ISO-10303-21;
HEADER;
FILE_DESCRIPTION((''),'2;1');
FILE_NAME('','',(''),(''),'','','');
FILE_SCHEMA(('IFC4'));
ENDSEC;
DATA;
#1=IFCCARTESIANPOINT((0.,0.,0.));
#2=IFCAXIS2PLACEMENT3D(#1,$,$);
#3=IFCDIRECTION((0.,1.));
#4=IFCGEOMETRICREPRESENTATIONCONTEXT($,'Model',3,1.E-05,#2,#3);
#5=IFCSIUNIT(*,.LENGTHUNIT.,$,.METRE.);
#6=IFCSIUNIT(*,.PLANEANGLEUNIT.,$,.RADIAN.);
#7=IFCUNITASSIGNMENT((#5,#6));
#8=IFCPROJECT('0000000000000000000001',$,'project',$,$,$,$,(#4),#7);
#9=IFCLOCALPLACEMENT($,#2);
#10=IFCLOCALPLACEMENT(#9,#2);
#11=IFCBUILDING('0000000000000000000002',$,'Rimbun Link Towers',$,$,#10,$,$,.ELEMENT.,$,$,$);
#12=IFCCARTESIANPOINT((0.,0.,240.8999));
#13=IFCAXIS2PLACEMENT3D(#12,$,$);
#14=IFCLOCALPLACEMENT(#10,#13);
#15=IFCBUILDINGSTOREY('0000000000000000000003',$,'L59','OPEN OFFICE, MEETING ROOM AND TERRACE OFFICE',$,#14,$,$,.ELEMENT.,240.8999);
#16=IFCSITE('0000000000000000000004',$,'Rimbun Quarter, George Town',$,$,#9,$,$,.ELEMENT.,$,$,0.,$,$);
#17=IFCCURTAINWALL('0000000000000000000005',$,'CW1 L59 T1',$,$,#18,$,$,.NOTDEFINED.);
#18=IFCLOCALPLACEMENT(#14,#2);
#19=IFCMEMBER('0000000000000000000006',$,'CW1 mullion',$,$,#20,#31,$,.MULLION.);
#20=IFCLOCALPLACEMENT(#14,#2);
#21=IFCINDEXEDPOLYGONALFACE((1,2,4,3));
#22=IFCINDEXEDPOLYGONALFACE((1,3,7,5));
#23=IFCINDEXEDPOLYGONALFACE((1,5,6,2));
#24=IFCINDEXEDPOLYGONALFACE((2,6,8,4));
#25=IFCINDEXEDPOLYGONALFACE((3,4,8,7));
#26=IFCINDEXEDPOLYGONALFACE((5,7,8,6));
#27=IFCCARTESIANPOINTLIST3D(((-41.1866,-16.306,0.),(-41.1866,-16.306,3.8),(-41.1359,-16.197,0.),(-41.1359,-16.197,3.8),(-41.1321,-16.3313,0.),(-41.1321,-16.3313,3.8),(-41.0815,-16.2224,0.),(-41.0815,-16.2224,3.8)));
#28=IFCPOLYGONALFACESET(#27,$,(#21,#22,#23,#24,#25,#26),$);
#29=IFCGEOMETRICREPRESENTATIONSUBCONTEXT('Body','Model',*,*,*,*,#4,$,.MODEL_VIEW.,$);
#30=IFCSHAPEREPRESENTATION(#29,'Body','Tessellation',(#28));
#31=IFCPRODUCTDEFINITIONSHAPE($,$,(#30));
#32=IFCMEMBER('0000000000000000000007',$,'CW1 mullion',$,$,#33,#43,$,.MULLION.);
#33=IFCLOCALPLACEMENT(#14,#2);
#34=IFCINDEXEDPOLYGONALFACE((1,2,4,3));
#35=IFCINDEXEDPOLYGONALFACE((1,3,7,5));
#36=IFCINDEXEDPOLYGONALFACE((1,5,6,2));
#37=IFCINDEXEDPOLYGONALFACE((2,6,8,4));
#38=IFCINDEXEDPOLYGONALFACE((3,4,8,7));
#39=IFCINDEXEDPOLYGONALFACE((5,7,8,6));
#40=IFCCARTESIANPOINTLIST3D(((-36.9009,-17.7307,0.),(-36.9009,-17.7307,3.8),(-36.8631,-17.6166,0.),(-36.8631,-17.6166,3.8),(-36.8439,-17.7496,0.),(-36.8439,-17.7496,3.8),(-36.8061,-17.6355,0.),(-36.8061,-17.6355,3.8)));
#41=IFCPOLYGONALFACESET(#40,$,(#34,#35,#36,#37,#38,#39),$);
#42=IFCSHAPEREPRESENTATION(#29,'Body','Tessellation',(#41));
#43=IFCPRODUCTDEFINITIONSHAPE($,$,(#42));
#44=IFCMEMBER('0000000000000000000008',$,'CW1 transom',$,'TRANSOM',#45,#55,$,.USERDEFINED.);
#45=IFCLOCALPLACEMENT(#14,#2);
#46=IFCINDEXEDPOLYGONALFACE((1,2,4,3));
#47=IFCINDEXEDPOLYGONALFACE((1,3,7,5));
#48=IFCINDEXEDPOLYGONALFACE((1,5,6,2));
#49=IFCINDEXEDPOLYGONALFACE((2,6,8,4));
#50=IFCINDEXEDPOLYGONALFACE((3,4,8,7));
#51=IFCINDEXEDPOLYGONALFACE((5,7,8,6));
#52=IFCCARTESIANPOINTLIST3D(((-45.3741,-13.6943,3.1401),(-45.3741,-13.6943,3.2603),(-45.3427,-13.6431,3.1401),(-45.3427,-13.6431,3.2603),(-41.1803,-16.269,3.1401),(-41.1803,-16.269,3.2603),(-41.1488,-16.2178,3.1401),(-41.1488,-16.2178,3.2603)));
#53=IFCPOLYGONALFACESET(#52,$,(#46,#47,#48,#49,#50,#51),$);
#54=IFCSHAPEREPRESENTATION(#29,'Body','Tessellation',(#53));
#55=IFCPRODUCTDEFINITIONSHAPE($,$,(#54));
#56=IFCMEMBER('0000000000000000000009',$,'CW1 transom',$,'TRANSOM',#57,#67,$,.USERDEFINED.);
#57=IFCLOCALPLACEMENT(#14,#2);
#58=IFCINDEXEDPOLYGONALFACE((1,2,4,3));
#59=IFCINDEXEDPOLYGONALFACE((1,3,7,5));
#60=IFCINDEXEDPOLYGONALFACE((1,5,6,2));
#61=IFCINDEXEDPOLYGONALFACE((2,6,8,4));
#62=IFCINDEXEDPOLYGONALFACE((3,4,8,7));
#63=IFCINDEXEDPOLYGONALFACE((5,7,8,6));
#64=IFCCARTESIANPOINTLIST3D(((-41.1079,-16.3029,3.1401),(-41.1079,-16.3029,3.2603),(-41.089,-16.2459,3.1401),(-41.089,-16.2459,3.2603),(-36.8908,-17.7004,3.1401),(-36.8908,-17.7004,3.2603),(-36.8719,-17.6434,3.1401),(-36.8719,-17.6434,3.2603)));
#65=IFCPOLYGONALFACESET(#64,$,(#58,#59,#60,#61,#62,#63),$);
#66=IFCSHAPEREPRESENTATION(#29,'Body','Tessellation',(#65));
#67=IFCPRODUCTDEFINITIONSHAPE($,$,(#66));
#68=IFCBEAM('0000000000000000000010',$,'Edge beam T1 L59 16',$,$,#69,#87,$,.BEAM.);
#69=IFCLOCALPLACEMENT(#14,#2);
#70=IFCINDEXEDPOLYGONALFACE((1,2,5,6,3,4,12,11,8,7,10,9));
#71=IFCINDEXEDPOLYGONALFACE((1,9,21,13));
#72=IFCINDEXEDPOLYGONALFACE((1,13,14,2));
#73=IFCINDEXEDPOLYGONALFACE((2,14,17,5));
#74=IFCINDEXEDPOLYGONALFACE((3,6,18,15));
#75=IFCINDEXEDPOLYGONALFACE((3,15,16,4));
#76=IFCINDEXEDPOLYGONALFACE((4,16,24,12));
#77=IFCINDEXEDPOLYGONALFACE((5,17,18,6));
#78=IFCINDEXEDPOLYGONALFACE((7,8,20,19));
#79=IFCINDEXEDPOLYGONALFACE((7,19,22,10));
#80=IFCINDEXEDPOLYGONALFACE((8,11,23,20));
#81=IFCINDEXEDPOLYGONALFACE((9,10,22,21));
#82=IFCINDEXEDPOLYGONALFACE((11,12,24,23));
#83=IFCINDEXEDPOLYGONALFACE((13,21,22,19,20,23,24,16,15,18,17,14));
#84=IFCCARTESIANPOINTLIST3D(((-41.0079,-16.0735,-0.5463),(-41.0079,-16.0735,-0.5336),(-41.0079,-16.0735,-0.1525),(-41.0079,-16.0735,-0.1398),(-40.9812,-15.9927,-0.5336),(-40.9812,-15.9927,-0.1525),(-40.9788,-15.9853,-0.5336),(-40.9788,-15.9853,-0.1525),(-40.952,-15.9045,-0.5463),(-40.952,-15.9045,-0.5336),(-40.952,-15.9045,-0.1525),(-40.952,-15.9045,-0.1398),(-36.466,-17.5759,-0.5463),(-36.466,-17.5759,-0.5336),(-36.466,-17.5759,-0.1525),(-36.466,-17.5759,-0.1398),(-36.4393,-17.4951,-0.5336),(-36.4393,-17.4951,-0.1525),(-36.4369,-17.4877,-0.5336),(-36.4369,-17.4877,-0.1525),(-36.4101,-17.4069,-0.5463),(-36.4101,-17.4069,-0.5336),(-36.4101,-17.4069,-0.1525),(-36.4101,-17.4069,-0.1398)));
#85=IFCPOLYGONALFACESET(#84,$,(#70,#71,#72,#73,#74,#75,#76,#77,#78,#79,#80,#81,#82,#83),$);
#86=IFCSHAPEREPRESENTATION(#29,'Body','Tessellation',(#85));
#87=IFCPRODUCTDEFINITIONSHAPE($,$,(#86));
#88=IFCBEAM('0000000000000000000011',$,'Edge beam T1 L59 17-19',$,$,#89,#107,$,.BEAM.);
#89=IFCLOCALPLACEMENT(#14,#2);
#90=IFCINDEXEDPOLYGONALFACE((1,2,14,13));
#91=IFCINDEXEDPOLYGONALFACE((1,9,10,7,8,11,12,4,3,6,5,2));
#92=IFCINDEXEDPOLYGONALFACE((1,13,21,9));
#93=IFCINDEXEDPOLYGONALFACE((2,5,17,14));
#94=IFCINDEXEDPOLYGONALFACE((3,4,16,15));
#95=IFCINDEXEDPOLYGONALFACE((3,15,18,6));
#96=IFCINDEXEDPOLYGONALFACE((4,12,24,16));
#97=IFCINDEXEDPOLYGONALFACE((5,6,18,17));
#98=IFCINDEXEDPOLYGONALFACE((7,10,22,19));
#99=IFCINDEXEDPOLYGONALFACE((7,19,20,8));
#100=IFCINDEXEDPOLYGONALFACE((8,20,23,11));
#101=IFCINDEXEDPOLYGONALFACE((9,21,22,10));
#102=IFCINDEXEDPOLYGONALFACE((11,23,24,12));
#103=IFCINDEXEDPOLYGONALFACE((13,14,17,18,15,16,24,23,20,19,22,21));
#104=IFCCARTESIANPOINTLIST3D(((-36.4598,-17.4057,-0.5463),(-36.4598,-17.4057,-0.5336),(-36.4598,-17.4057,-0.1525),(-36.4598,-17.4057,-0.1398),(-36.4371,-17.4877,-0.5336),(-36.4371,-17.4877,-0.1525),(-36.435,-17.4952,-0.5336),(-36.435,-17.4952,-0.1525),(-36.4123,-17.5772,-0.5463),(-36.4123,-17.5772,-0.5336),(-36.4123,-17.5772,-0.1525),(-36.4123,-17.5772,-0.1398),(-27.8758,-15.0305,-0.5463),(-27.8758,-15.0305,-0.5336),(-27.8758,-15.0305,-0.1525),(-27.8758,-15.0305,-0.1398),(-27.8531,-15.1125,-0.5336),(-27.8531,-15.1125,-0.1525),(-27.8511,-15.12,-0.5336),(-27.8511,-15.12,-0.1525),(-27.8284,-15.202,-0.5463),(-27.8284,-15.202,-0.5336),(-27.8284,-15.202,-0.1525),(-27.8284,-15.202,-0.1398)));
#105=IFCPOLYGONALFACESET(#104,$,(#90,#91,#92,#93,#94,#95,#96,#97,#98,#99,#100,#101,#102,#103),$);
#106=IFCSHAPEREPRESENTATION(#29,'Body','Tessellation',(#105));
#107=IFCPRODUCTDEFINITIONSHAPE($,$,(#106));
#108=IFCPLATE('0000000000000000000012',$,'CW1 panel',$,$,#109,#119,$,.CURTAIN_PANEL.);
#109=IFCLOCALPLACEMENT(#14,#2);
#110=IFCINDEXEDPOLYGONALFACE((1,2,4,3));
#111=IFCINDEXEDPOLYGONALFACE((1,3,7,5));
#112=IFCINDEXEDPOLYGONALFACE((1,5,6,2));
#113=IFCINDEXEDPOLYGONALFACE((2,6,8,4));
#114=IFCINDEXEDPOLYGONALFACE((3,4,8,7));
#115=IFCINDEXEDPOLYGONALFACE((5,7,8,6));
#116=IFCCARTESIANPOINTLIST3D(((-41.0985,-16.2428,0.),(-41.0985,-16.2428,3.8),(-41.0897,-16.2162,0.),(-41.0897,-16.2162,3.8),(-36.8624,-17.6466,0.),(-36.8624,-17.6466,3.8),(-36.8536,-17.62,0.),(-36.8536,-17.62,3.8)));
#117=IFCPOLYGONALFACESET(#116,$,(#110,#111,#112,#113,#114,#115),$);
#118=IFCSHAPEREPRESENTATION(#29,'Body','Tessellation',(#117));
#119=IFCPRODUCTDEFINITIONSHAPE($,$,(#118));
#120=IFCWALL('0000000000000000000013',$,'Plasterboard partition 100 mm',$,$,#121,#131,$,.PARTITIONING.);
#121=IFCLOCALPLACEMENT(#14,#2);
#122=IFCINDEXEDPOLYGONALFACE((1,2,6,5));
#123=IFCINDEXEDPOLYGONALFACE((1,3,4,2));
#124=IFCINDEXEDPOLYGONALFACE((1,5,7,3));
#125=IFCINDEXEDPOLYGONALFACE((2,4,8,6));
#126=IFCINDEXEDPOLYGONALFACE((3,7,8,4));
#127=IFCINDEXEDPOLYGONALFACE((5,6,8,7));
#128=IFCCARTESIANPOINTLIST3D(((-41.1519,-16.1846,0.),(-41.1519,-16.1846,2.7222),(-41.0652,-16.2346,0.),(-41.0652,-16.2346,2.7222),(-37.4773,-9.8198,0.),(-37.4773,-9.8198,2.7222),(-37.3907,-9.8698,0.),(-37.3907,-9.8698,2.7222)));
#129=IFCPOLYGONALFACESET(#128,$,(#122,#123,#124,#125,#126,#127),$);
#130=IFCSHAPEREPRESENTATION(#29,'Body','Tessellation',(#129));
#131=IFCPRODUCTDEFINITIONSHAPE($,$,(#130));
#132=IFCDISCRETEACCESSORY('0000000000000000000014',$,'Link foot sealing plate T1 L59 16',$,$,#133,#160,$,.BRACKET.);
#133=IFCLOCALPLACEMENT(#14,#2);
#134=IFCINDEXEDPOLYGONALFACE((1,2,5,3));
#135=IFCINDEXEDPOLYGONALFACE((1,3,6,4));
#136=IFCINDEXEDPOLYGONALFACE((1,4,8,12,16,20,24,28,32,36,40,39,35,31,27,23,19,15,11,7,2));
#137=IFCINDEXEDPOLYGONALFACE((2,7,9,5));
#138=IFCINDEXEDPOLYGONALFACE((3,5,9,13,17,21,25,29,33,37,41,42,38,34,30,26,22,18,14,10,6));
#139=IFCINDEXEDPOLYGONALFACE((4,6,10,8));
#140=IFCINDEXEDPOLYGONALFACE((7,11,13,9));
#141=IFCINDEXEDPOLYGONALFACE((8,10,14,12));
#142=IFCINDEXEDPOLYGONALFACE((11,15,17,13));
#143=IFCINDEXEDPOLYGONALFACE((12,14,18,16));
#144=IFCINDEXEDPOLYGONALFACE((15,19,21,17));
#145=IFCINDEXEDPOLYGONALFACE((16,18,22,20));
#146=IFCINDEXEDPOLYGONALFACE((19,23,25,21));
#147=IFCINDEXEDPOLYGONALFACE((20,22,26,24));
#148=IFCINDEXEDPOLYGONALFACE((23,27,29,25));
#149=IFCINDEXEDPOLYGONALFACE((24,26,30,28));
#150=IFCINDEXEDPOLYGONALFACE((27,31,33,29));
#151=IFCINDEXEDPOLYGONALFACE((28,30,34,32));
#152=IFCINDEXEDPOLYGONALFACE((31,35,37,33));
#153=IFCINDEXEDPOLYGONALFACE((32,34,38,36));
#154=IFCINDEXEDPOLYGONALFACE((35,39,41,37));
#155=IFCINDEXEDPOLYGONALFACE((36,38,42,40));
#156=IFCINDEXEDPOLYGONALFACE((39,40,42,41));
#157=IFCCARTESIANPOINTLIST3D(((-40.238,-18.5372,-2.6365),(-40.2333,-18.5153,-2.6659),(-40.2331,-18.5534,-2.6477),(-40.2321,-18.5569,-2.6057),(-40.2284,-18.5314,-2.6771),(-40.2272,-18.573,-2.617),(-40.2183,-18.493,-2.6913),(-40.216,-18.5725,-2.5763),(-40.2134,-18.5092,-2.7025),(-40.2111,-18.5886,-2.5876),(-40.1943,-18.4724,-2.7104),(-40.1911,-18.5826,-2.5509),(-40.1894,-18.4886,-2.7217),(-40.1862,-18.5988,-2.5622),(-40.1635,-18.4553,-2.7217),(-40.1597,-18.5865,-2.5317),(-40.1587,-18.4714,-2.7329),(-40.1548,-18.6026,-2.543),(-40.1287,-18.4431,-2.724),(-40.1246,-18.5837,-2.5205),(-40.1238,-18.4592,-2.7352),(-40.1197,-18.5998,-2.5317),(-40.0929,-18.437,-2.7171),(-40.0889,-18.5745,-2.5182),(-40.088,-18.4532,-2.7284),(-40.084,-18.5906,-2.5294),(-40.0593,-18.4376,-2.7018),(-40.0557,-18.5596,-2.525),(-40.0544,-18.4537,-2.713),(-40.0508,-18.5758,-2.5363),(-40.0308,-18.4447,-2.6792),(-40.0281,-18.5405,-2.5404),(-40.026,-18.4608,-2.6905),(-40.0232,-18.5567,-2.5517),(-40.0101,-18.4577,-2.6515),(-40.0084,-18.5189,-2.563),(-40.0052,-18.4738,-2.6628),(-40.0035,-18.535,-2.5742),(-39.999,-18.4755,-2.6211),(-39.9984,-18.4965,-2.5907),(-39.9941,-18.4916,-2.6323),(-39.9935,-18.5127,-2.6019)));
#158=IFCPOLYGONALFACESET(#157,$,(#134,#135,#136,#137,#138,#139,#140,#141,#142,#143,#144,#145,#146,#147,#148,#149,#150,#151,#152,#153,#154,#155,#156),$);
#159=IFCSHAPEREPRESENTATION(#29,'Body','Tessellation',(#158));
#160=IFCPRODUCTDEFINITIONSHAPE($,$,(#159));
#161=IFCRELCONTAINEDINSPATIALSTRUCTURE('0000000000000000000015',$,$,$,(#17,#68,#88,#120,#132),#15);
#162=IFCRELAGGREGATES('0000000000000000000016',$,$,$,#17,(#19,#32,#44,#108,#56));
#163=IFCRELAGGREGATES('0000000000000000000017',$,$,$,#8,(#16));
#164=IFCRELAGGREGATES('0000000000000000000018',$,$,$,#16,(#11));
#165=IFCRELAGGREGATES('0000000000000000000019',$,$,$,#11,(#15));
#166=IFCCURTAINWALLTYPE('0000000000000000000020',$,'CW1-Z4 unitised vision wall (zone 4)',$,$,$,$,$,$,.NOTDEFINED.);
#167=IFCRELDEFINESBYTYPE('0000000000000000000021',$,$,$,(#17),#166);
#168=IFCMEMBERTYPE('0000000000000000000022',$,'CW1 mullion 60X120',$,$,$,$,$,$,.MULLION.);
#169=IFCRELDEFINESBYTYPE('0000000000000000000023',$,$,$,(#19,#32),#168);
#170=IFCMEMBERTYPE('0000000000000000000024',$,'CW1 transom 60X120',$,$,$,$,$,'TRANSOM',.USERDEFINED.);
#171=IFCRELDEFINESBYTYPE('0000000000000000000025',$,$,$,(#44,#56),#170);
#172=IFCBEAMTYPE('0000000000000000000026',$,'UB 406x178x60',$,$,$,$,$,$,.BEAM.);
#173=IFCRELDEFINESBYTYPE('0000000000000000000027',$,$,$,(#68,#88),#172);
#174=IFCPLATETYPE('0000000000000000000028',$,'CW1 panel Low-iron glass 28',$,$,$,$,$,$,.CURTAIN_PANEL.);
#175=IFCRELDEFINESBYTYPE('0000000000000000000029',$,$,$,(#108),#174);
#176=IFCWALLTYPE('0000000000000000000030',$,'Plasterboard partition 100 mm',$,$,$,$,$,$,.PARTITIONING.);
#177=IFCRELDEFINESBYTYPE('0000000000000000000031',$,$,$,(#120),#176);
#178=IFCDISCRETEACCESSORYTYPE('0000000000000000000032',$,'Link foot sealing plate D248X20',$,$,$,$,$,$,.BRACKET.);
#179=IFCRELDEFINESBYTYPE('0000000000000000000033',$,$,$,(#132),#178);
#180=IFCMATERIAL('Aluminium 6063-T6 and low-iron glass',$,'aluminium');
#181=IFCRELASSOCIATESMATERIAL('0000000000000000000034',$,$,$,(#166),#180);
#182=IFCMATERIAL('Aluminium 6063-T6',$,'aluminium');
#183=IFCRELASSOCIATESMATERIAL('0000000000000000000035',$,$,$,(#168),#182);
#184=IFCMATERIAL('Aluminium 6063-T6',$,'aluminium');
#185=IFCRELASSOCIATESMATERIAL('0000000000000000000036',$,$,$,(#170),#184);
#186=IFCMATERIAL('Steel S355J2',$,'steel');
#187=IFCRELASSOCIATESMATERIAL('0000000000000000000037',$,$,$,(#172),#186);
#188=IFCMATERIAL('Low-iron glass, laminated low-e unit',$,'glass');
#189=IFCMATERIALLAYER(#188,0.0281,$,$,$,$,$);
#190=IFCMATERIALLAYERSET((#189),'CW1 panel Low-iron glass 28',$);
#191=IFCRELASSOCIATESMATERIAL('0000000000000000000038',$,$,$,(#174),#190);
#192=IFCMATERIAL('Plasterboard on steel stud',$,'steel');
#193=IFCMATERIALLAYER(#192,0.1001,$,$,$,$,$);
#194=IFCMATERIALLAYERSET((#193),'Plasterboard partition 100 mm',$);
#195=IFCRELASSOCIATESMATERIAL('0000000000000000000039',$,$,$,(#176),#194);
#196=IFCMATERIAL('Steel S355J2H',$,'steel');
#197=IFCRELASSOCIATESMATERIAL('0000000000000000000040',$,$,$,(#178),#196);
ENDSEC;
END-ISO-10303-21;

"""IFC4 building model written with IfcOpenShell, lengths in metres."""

from ifc_helpers import new_model, si_unit, direction, frame, frame_2d, origin, origin_2d, place, context, subcontext, project, spatial, rectangle, circle, i_section, extrude, material, layer, layer_set, material_profile, profile_set, type_object, element, aggregate, save


model = new_model("IFC4")

# Units and contexts
model_context = context("Model", 3, precision=1e-05, world=origin(), true_north=direction((0.0, 1.0)))
body_context = subcontext(model_context, "Body", "Model", "MODEL_VIEW")
ifc_project = project(units=[si_unit("LENGTHUNIT", "METRE"), si_unit("PLANEANGLEUNIT", "RADIAN")], contexts=[model_context])

# Site, building, storey
site_placement = place(None, origin())
site = spatial("IfcSite", under=ifc_project, at=site_placement, Name="Rimbun Quarter, George Town", CompositionType="ELEMENT", RefElevation=0.0)
building_placement = place(site_placement, origin())
building = spatial("IfcBuilding", under=site, at=building_placement, Name="Rimbun Link Towers", CompositionType="ELEMENT")
storey_placement = place(building_placement, frame((0.0, 0.0, 240.8999)))
storey = spatial("IfcBuildingStorey", under=building, at=storey_placement, Name="L59", Description="OPEN OFFICE, MEETING ROOM AND TERRACE OFFICE", CompositionType="ELEMENT", Elevation=240.8999)

# Curtain wall, members
ifc_material_1 = material(Name="Aluminium 6063-T6 and low-iron glass", Category="aluminium")
curtain_wall_type = type_object("IfcCurtainWallType", Name="CW1-Z4 unitised vision wall (zone 4)", PredefinedType="NOTDEFINED", material=ifc_material_1)
curtain_wall_placement = place(storey_placement, origin())
curtain_wall = element("IfcCurtainWall", 1, at=curtain_wall_placement, inside=storey, type_object=curtain_wall_type, Name="CW1 L59 T1", PredefinedType="NOTDEFINED")
ifc_material_2 = material(Name="Aluminium 6063-T6", Category="aluminium")
ifc_material_profile_1 = material_profile(ifc_material_2, rectangle(XDim=0.1201, YDim=0.0601, at=origin_2d()), Name="MULLION 60X120")
ifc_profile_set_1 = profile_set([ifc_material_profile_1], Name="Aluminium 6063-T6")
member_type_1 = type_object("IfcMemberType", Name="CW1 mullion 60X120", PredefinedType="MULLION", material=ifc_profile_set_1)
member_1_placement = place(storey_placement, frame((-41.134, -16.2642, 0.0), z_axis=(0.0, 0.0, 1.0), x_axis=(-0.421706, -0.906732, 0.0)))
member_1 = element("IfcMember", 2, at=member_1_placement, type_object=member_type_1, Name="CW1 mullion", PredefinedType="MULLION", context=body_context, shape_type="SweptSolid", body=[
    extrude(rectangle(XDim=0.1201, YDim=0.0601, at=origin_2d()), origin(), (0.0, 0.0, 1.0), 3.8),
])
member_2_placement = place(storey_placement, frame((-36.8535, -17.6831, 0.0), z_axis=(0.0, 0.0, 1.0), x_axis=(-0.31457, -0.949234, 0.0)))
member_2 = element("IfcMember", 3, at=member_2_placement, type_object=member_type_1, Name="CW1 mullion", PredefinedType="MULLION", context=body_context, shape_type="SweptSolid", body=[
    extrude(rectangle(XDim=0.1201, YDim=0.0601, at=origin_2d()), origin(), (0.0, 0.0, 1.0), 3.8),
])
ifc_material_3 = material(Name="Aluminium 6063-T6", Category="aluminium")
ifc_material_profile_2 = material_profile(ifc_material_3, rectangle(XDim=0.0601, YDim=0.1201, at=origin_2d()), Name="TRANSOM 60X120")
ifc_profile_set_2 = profile_set([ifc_material_profile_2], Name="Aluminium 6063-T6")
member_type_2 = type_object("IfcMemberType", Name="CW1 transom 60X120", ElementType="TRANSOM", PredefinedType="USERDEFINED", material=ifc_profile_set_2)
member_3_placement = place(storey_placement, frame((-41.1646, -16.2434, 3.2002), z_axis=(-0.852213, 0.523195, 0.0), x_axis=(-0.523195, -0.852213, 0.0)))
member_3 = element("IfcMember", 4, at=member_3_placement, type_object=member_type_2, Name="CW1 transom", ObjectType="TRANSOM", PredefinedType="USERDEFINED", context=body_context, shape_type="SweptSolid", body=[
    extrude(rectangle(XDim=0.0601, YDim=0.1201, at=origin_2d()), origin(), (0.0, 0.0, 1.0), 4.9211),
])
member_4_placement = place(storey_placement, frame((-36.8813, -17.6719, 3.2002), z_axis=(-0.949237, 0.314562, 0.0), x_axis=(-0.314562, -0.949237, 0.0)))
member_4 = element("IfcMember", 5, at=member_4_placement, type_object=member_type_2, Name="CW1 transom", ObjectType="TRANSOM", PredefinedType="USERDEFINED", context=body_context, shape_type="SweptSolid", body=[
    extrude(rectangle(XDim=0.0601, YDim=0.1201, at=origin_2d()), origin(), (0.0, 0.0, 1.0), 4.4426),
])

# Beams
ifc_material_4 = material(Name="Steel S355J2", Category="steel")
ifc_material_profile_3 = material_profile(ifc_material_4, i_section(OverallWidth=0.178, OverallDepth=0.4065, WebThickness=0.0078, FlangeThickness=0.0127, at=origin_2d()), Name="UB 406x178x60")
ifc_profile_set_3 = profile_set([ifc_material_profile_3], Name="Steel S355J2")
beam_type = type_object("IfcBeamType", Name="UB 406x178x60", PredefinedType="BEAM", material=ifc_profile_set_3)
beam_1_placement = place(storey_placement, frame((-40.98, -15.989, -0.343), z_axis=(0.949405, -0.314053, 0.0), x_axis=(0.314053, 0.949405, 0.0)))
element("IfcBeam", 6, at=beam_1_placement, inside=storey, type_object=beam_type, Name="Edge beam T1 L59 16", PredefinedType="BEAM", context=body_context, shape_type="SweptSolid", body=[
    extrude(i_section(OverallWidth=0.178, OverallDepth=0.4065, WebThickness=0.0078, FlangeThickness=0.0127, at=origin_2d()), origin(), (0.0, 0.0, 1.0), 4.7839),
])
beam_2_placement = place(storey_placement, frame((-36.436, -17.4915, -0.343), z_axis=(0.963784, 0.266685, 0.0), x_axis=(-0.266685, 0.963784, 0.0)))
element("IfcBeam", 7, at=beam_2_placement, inside=storey, type_object=beam_type, Name="Edge beam T1 L59 17-19", PredefinedType="BEAM", context=body_context, shape_type="SweptSolid", body=[
    extrude(i_section(OverallWidth=0.178, OverallDepth=0.4065, WebThickness=0.0078, FlangeThickness=0.0127, at=origin_2d()), origin(), (0.0, 0.0, 1.0), 8.9065),
])

# Plate
ifc_material_5 = material(Name="Low-iron glass, laminated low-e unit", Category="glass")
ifc_layer_1 = layer(ifc_material_5, 0.0281)
ifc_layer_set_1 = layer_set([ifc_layer_1], Name="CW1 panel Low-iron glass 28")
plate_type = type_object("IfcPlateType", Name="CW1 panel Low-iron glass 28", PredefinedType="CURTAIN_PANEL", material=ifc_layer_set_1)
plate_placement = place(storey_placement, frame((-38.9761, -16.9314, 0.0), z_axis=(0.0, 0.0, 1.0), x_axis=(-0.949234, 0.31457, 0.0)))
plate = element("IfcPlate", 8, at=plate_placement, type_object=plate_type, Name="CW1 panel", PredefinedType="CURTAIN_PANEL", context=body_context, shape_type="SweptSolid", body=[
    extrude(rectangle(XDim=4.4626, YDim=0.0281, at=origin_2d()), origin(), (0.0, 0.0, 1.0), 3.8),
])
aggregate(curtain_wall, [member_1, member_2, member_3, plate, member_4])

# Wall
ifc_material_6 = material(Name="Plasterboard on steel stud", Category="steel")
ifc_layer_2 = layer(ifc_material_6, 0.1001)
ifc_layer_set_2 = layer_set([ifc_layer_2], Name="Plasterboard partition 100 mm")
wall_type = type_object("IfcWallType", Name="Plasterboard partition 100 mm", PredefinedType="PARTITIONING", material=ifc_layer_set_2)
wall_placement = place(storey_placement, frame((-41.1086, -16.2097, 0.0), z_axis=(0.0, 0.0, 1.0), x_axis=(0.499987, 0.866033, 0.0)))
element("IfcWall", 9, at=wall_placement, inside=storey, type_object=wall_type, Name="Plasterboard partition 100 mm", PredefinedType="PARTITIONING", context=body_context, shape_type="SweptSolid", body=[
    extrude(rectangle(XDim=7.3494, YDim=0.1001, at=frame_2d((3.6748, 0.0))), origin(), (0.0, 0.0, 1.0), 2.7222),
])

# Discrete accessory
ifc_material_7 = material(Name="Steel S355J2H", Category="steel")
ifc_material_profile_4 = material_profile(ifc_material_7, circle(Radius=0.124, at=origin_2d()), Name="PL D248")
ifc_profile_set_4 = profile_set([ifc_material_profile_4], Name="Steel S355J2H")
discrete_accessory_type = type_object("IfcDiscreteAccessoryType", Name="Link foot sealing plate D248X20", PredefinedType="BRACKET", material=ifc_profile_set_4)
discrete_accessory_1_placement = place(storey_placement, frame((-40.1177, -18.5115, -2.6211), z_axis=(0.241262, -0.796164, -0.554902), x_axis=(0.957024, 0.290007, 0.0)))
element("IfcDiscreteAccessory", 10, at=discrete_accessory_1_placement, inside=storey, type_object=discrete_accessory_type, Name="Link foot sealing plate T1 L59 16", PredefinedType="BRACKET", context=body_context, shape_type="SweptSolid", body=[
    extrude(circle(Radius=0.124, at=origin_2d()), origin(), (0.0, 0.0, 1.0), 0.0203),
])

save(model, "model.ifc")
